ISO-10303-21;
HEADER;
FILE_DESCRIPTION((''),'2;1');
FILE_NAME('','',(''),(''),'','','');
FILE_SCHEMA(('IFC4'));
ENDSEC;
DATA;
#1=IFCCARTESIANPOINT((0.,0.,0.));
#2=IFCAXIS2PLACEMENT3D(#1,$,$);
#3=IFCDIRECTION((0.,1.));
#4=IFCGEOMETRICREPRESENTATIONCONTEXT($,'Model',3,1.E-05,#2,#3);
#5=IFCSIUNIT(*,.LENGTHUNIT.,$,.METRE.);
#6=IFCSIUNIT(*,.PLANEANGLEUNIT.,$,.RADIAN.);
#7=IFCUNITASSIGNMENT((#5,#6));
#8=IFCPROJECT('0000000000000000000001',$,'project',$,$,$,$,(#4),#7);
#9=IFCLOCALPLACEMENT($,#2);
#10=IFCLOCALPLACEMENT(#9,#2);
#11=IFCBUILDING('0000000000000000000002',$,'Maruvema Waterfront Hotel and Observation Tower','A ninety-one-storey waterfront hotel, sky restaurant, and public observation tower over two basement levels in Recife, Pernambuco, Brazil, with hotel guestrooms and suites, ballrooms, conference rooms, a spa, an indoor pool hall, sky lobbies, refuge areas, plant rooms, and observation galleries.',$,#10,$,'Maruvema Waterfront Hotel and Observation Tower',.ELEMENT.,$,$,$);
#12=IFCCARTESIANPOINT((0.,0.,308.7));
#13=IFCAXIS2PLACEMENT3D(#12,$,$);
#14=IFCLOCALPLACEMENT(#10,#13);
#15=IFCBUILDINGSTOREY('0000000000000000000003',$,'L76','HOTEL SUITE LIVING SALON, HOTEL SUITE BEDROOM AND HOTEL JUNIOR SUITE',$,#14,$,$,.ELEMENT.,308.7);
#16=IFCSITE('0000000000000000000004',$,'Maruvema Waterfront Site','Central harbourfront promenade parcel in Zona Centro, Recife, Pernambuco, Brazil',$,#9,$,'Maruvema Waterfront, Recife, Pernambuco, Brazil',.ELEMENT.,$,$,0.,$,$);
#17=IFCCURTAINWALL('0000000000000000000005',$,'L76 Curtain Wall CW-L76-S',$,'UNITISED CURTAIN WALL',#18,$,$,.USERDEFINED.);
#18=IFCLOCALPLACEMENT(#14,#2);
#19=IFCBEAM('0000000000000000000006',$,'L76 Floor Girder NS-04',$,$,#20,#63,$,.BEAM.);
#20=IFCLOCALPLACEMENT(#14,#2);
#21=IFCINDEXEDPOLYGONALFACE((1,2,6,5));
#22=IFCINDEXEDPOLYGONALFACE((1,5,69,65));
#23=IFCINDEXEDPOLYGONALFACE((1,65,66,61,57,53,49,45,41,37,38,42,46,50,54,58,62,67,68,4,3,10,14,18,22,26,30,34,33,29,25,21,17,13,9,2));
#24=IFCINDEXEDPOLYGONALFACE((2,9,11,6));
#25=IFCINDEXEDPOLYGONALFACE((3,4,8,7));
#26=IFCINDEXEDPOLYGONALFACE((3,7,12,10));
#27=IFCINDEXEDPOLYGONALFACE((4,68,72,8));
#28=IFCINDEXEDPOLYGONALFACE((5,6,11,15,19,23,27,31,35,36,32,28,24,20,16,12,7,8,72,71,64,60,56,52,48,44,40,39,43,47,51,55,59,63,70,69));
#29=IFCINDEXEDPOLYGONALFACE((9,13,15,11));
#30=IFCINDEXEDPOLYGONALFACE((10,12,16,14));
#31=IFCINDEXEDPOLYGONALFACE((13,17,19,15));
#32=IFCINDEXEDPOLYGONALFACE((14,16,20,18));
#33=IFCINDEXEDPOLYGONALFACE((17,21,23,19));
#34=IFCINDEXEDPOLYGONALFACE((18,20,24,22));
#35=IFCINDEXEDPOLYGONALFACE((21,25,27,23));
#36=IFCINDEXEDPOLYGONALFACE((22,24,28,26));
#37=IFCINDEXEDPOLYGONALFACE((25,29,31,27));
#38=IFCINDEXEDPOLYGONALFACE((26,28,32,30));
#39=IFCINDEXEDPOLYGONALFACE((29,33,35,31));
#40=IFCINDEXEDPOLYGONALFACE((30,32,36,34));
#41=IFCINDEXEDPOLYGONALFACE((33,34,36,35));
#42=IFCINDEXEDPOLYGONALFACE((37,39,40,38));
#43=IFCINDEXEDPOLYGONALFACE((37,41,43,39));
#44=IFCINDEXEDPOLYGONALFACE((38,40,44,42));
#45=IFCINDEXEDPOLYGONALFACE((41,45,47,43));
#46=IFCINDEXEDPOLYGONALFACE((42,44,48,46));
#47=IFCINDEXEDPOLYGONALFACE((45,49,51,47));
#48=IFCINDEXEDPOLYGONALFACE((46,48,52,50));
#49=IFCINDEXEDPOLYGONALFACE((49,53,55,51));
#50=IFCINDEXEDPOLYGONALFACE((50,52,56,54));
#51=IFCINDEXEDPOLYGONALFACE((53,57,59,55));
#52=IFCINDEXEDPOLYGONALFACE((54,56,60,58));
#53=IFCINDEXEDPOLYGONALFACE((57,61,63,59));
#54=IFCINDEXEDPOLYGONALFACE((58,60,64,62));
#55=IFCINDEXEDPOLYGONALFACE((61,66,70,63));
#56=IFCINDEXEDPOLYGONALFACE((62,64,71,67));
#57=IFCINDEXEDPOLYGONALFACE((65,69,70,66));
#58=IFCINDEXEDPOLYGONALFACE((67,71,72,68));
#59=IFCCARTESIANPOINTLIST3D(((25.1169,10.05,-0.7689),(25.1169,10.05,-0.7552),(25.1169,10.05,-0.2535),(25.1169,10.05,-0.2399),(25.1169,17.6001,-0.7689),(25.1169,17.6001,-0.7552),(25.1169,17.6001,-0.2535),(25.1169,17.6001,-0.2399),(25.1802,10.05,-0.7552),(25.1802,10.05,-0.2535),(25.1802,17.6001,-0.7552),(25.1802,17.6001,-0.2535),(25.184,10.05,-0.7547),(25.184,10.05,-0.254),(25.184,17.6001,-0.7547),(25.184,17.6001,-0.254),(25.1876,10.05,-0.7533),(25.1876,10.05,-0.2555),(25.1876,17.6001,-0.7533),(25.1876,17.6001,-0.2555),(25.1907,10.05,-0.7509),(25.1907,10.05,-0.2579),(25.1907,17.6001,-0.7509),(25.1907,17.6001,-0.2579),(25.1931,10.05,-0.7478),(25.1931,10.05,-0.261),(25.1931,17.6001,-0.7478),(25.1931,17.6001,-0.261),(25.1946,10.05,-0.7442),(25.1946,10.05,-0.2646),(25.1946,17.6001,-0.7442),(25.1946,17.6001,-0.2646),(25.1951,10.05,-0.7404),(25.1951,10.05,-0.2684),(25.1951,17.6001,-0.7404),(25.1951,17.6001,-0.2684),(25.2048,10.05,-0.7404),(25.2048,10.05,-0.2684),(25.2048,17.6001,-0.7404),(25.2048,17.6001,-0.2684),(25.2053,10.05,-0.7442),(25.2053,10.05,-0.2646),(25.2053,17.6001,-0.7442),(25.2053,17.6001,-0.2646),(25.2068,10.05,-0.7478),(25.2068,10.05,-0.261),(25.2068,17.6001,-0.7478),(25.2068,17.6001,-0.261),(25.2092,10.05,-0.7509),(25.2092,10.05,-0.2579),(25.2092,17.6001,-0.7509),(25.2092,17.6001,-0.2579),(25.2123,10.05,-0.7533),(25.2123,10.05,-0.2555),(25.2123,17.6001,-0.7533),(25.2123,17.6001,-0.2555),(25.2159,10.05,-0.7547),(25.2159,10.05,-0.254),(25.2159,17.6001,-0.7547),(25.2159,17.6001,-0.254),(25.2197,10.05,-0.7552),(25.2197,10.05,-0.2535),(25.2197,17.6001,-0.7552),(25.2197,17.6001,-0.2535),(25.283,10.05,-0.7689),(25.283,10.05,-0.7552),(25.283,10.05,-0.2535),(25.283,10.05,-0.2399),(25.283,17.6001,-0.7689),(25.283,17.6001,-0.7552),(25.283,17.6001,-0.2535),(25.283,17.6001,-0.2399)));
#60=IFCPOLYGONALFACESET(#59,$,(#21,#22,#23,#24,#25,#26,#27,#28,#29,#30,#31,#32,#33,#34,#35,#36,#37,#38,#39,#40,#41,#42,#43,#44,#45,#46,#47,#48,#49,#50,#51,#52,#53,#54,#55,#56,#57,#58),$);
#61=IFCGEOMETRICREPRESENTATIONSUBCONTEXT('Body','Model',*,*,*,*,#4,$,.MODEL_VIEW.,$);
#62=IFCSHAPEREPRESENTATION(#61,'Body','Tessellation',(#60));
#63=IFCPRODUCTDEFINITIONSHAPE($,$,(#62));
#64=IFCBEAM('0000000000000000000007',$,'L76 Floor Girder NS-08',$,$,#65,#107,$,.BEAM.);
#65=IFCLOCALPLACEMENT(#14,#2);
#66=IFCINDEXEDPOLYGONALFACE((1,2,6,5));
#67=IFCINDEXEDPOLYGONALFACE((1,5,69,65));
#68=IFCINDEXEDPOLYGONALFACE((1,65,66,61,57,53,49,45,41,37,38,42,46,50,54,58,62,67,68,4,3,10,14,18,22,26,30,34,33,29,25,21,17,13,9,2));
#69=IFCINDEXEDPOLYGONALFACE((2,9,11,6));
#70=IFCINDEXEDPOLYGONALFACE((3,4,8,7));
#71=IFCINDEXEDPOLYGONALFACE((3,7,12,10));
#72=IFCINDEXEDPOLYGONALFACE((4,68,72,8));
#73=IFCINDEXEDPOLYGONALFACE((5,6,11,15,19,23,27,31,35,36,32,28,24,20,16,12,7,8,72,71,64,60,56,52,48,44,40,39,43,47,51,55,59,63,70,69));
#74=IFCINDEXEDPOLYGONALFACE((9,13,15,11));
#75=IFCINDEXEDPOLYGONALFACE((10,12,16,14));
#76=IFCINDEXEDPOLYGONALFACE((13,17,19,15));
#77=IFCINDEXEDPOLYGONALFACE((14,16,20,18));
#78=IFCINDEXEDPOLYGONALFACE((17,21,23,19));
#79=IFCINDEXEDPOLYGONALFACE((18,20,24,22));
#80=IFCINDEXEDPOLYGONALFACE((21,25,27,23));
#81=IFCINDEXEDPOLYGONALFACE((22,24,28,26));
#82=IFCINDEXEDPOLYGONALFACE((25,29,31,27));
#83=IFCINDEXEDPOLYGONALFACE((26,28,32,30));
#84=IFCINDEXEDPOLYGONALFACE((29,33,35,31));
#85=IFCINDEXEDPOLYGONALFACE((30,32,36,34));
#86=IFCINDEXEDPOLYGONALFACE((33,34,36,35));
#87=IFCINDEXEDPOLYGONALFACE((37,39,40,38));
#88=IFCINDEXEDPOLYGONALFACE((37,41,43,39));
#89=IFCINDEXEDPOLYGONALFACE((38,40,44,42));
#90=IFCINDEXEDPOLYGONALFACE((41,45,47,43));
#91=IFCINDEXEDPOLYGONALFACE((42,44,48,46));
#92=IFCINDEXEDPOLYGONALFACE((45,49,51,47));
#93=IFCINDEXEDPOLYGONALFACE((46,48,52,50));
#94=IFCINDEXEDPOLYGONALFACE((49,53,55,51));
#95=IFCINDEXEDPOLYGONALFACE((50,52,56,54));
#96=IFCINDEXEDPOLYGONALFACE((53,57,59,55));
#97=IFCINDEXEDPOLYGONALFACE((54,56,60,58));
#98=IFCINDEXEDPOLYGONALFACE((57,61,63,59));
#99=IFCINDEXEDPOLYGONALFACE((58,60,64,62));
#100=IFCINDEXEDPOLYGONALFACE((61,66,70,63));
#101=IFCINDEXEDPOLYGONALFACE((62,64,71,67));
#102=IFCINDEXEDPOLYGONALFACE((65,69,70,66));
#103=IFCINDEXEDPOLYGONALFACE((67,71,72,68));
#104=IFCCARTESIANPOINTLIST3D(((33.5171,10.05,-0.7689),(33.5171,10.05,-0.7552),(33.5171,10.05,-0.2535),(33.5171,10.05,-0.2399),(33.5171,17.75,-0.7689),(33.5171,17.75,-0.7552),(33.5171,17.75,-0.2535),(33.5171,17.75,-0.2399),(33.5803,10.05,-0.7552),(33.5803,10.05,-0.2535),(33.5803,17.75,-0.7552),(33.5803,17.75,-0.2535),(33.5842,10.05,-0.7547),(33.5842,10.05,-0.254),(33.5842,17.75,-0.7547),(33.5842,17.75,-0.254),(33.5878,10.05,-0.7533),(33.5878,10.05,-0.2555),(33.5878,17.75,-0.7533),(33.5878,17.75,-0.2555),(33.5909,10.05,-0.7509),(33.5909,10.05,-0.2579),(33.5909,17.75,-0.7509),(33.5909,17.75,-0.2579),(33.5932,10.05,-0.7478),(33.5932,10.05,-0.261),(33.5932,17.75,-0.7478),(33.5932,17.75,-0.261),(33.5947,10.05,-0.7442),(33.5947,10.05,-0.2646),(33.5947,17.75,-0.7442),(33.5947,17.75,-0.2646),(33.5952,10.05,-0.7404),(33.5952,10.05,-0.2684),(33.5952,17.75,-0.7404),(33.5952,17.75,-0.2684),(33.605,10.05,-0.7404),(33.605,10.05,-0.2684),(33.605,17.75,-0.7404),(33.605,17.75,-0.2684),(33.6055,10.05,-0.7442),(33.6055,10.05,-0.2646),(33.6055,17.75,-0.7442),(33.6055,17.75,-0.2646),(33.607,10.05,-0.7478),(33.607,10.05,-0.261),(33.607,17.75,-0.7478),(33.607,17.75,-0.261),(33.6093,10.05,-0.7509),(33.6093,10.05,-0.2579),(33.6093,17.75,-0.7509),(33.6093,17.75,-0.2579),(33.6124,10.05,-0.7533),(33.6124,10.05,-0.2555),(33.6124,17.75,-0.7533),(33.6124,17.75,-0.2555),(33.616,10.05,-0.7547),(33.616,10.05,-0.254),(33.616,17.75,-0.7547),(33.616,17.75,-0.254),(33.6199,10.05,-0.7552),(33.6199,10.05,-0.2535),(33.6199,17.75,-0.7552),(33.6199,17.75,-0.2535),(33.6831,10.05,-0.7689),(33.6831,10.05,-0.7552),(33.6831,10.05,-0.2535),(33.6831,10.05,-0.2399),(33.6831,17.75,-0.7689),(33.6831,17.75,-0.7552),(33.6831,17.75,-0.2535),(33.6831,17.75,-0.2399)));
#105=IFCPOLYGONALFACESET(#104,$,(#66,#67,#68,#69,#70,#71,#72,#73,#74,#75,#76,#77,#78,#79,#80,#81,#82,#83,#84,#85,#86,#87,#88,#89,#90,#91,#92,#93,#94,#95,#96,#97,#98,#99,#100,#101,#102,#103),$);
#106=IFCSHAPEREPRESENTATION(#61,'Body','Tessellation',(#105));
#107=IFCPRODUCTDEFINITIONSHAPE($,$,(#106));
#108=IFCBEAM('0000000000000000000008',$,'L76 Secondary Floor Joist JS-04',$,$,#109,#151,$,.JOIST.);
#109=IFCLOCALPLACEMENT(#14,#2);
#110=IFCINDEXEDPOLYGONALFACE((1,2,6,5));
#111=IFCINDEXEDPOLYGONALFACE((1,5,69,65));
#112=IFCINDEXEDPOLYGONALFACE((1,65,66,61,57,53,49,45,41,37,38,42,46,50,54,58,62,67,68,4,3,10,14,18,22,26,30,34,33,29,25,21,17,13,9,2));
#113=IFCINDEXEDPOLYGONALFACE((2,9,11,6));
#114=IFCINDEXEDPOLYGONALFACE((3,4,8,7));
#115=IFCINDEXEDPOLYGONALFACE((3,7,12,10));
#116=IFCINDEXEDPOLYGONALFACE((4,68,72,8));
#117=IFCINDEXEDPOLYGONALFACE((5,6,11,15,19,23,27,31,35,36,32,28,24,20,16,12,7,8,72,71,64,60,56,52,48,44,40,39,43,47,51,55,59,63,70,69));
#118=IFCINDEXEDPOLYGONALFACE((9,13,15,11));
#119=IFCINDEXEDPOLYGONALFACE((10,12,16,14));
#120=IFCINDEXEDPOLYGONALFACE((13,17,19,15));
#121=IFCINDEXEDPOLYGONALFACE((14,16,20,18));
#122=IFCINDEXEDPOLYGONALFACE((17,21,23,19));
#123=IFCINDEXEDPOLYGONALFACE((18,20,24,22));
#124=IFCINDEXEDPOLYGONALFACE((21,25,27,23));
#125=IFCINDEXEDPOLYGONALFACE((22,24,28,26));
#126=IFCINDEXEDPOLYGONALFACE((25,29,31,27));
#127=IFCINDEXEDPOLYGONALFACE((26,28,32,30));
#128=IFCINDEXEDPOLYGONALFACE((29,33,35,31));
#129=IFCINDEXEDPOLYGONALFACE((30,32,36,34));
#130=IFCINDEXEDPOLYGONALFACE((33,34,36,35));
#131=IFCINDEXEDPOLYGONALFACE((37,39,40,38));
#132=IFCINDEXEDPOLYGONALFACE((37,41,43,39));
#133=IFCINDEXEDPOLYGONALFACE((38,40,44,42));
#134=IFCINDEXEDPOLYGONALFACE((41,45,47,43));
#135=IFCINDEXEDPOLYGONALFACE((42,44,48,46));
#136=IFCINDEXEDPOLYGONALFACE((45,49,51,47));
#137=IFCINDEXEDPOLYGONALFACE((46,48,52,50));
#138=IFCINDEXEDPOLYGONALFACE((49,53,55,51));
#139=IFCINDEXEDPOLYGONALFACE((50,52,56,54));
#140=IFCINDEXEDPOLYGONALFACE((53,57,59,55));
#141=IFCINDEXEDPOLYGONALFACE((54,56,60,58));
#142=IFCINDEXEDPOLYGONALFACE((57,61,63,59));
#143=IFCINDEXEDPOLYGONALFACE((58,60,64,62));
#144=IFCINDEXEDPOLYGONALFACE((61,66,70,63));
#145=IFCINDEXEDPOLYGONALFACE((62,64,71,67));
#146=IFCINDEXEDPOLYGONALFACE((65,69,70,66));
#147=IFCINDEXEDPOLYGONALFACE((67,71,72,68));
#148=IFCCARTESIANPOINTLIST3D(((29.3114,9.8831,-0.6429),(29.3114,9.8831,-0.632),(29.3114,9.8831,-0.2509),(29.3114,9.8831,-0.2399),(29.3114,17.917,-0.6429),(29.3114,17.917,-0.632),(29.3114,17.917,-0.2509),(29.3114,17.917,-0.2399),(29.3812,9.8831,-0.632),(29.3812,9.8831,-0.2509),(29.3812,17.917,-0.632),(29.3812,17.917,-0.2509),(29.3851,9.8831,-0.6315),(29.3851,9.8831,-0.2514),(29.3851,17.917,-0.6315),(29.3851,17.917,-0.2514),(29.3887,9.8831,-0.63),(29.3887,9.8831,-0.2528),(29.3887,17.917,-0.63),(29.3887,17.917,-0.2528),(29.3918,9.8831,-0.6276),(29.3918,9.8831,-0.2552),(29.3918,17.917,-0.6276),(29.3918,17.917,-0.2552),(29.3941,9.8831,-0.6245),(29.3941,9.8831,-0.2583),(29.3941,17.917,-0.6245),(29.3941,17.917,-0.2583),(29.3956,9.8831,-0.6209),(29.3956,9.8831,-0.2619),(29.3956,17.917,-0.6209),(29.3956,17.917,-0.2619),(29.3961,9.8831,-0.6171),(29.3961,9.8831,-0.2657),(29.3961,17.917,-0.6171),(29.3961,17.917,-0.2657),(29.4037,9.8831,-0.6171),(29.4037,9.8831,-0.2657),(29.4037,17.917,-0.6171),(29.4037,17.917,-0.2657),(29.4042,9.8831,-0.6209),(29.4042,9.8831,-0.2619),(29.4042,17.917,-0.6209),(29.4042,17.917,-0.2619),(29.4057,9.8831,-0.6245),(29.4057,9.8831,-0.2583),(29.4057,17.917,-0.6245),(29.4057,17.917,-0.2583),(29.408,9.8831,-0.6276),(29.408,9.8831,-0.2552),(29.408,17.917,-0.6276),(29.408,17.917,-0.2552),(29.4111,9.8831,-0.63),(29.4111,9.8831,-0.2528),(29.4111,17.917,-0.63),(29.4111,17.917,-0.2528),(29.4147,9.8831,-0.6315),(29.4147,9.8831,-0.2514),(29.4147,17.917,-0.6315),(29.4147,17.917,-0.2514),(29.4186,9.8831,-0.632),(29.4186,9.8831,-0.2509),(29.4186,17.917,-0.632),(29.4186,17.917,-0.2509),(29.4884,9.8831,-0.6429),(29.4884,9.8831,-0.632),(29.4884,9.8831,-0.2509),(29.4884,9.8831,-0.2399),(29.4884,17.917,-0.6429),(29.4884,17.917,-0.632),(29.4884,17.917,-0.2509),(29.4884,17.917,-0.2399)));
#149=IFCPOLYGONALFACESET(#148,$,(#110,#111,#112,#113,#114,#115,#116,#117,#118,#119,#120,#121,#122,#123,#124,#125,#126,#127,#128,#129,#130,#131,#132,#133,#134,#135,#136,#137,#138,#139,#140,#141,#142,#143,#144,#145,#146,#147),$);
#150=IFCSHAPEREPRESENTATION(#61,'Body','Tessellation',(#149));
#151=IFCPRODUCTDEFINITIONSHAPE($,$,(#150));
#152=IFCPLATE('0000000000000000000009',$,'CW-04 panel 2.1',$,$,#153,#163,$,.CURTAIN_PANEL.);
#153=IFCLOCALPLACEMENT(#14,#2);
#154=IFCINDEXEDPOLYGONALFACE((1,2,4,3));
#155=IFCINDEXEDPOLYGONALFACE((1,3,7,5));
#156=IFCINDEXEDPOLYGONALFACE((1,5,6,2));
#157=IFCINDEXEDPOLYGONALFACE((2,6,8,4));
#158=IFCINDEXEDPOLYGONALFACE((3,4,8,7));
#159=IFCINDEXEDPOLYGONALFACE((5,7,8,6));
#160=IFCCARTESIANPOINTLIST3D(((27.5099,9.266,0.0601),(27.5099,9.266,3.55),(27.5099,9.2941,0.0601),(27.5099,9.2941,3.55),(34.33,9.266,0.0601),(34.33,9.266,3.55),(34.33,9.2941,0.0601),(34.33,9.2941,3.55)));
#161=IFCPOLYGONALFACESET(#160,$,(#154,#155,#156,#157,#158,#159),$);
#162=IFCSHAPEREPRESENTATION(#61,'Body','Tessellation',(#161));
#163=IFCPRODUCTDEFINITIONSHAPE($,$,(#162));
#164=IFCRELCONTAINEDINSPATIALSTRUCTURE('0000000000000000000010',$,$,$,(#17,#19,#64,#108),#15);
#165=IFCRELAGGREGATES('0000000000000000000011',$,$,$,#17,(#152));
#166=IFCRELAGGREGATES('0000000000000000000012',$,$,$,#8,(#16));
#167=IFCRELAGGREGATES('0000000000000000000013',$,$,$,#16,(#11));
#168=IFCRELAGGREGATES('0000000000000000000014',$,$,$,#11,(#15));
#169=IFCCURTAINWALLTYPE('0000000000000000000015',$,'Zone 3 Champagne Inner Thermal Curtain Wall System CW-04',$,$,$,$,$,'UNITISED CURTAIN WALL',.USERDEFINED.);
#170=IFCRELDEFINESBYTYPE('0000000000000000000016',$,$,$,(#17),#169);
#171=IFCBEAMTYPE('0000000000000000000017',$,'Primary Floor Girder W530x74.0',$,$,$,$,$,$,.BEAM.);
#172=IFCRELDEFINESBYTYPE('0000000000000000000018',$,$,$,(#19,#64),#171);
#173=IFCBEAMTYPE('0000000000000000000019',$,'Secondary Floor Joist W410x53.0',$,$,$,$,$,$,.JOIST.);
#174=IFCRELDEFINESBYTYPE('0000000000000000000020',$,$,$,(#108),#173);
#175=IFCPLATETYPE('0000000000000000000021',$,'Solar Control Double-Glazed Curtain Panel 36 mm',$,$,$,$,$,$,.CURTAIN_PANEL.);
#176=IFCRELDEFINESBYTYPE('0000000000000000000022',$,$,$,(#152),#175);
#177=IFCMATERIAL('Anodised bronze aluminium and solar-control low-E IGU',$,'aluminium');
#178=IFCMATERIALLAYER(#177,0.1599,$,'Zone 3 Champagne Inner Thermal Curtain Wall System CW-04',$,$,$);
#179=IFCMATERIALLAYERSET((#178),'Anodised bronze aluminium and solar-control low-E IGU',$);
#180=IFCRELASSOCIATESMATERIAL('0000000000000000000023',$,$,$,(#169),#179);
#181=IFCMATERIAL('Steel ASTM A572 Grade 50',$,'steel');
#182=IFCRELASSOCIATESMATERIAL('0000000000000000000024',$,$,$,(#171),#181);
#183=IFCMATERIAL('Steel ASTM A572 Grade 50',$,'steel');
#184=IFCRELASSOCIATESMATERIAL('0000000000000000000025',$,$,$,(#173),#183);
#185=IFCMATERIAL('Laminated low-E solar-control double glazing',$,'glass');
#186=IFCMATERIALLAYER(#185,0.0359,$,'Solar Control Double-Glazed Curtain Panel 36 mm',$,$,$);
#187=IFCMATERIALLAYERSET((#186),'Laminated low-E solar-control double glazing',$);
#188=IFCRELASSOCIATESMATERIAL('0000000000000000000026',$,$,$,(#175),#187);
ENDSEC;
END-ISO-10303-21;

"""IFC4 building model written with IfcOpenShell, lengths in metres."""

from ifc_helpers import new_model, si_unit, direction, frame, origin, origin_2d, place, context, subcontext, project, spatial, rectangle, i_section, extrude, material, layer, layer_set, material_profile, profile_set, type_object, element, aggregate, save


model = new_model("IFC4")

# Units and contexts
model_context = context("Model", 3, precision=1e-05, world=origin(), true_north=direction((0.0, 1.0)))
body_context = subcontext(model_context, "Body", "Model", "MODEL_VIEW")
ifc_project = project(units=[si_unit("LENGTHUNIT", "METRE"), si_unit("PLANEANGLEUNIT", "RADIAN")], contexts=[model_context])

# Site, building, storey
site_placement = place(None, origin())
site = spatial("IfcSite", under=ifc_project, at=site_placement, Name="Maruvema Waterfront Site", Description="Central harbourfront promenade parcel in Zona Centro, Recife, Pernambuco, Brazil", LongName="Maruvema Waterfront, Recife, Pernambuco, Brazil", CompositionType="ELEMENT", RefElevation=0.0)
building_placement = place(site_placement, origin())
building = spatial("IfcBuilding", under=site, at=building_placement, Name="Maruvema Waterfront Hotel and Observation Tower", Description="A ninety-one-storey waterfront hotel, sky restaurant, and public observation tower over two basement levels in Recife, Pernambuco, Brazil, with hotel guestrooms and suites, ballrooms, conference rooms, a spa, an indoor pool hall, sky lobbies, refuge areas, plant rooms, and observation galleries.", LongName="Maruvema Waterfront Hotel and Observation Tower", CompositionType="ELEMENT")
storey_placement = place(building_placement, frame((0.0, 0.0, 308.7)))
storey = spatial("IfcBuildingStorey", under=building, at=storey_placement, Name="L76", Description="HOTEL SUITE LIVING SALON, HOTEL SUITE BEDROOM AND HOTEL JUNIOR SUITE", CompositionType="ELEMENT", Elevation=308.7)

# Curtain wall
ifc_material_1 = material(Name="Anodised bronze aluminium and solar-control low-E IGU", Category="aluminium")
ifc_layer_1 = layer(ifc_material_1, 0.1599, Name="Zone 3 Champagne Inner Thermal Curtain Wall System CW-04")
ifc_layer_set_1 = layer_set([ifc_layer_1], Name="Anodised bronze aluminium and solar-control low-E IGU")
curtain_wall_type = type_object("IfcCurtainWallType", Name="Zone 3 Champagne Inner Thermal Curtain Wall System CW-04", ElementType="UNITISED CURTAIN WALL", PredefinedType="USERDEFINED", material=ifc_layer_set_1)
curtain_wall_placement = place(storey_placement, origin())
curtain_wall = element("IfcCurtainWall", 1, at=curtain_wall_placement, inside=storey, type_object=curtain_wall_type, Name="L76 Curtain Wall CW-L76-S", ObjectType="UNITISED CURTAIN WALL", PredefinedType="USERDEFINED")

# Beams
ifc_material_2 = material(Name="Steel ASTM A572 Grade 50", Category="steel")
ifc_material_profile_1 = material_profile(ifc_material_2, i_section(OverallWidth=0.166, OverallDepth=0.5291, WebThickness=0.0098, FlangeThickness=0.0137, FilletRadius=0.0149, at=origin_2d()), Name="W530x74.0")
ifc_profile_set_1 = profile_set([ifc_material_profile_1], Name="Steel ASTM A572 Grade 50")
beam_type_1 = type_object("IfcBeamType", Name="Primary Floor Girder W530x74.0", PredefinedType="BEAM", material=ifc_profile_set_1)
beam_1_placement = place(storey_placement, frame((25.2, 10.05, -0.5044), z_axis=(0.0, 1.0, 0.0), x_axis=(-1.0, 0.0, 0.0)))
element("IfcBeam", 2, at=beam_1_placement, inside=storey, type_object=beam_type_1, Name="L76 Floor Girder NS-04", PredefinedType="BEAM", context=body_context, shape_type="SweptSolid", body=[
    extrude(i_section(OverallWidth=0.166, OverallDepth=0.5291, WebThickness=0.0098, FlangeThickness=0.0137, FilletRadius=0.0149, at=origin_2d()), origin(), (0.0, 0.0, 1.0), 7.55),
])
beam_2_placement = place(storey_placement, frame((33.6001, 10.05, -0.5044), z_axis=(0.0, 1.0, 0.0), x_axis=(-1.0, 0.0, 0.0)))
element("IfcBeam", 3, at=beam_2_placement, inside=storey, type_object=beam_type_1, Name="L76 Floor Girder NS-08", PredefinedType="BEAM", context=body_context, shape_type="SweptSolid", body=[
    extrude(i_section(OverallWidth=0.166, OverallDepth=0.5291, WebThickness=0.0098, FlangeThickness=0.0137, FilletRadius=0.0149, at=origin_2d()), origin(), (0.0, 0.0, 1.0), 7.7),
])
ifc_material_3 = material(Name="Steel ASTM A572 Grade 50", Category="steel")
ifc_material_profile_2 = material_profile(ifc_material_3, i_section(OverallWidth=0.177, OverallDepth=0.4031, WebThickness=0.0076, FlangeThickness=0.011, FilletRadius=0.0149, at=origin_2d()), Name="W410x53.0")
ifc_profile_set_2 = profile_set([ifc_material_profile_2], Name="Steel ASTM A572 Grade 50")
beam_type_2 = type_object("IfcBeamType", Name="Secondary Floor Joist W410x53.0", PredefinedType="JOIST", material=ifc_profile_set_2)
beam_3_placement = place(storey_placement, frame((29.3999, 9.8831, -0.4414), z_axis=(0.0, 1.0, 0.0), x_axis=(-1.0, 0.0, 0.0)))
element("IfcBeam", 4, at=beam_3_placement, inside=storey, type_object=beam_type_2, Name="L76 Secondary Floor Joist JS-04", PredefinedType="JOIST", context=body_context, shape_type="SweptSolid", body=[
    extrude(i_section(OverallWidth=0.177, OverallDepth=0.4031, WebThickness=0.0076, FlangeThickness=0.011, FilletRadius=0.0149, at=origin_2d()), origin(), (0.0, 0.0, 1.0), 8.0339),
])

# Plate
ifc_material_4 = material(Name="Laminated low-E solar-control double glazing", Category="glass")
ifc_layer_2 = layer(ifc_material_4, 0.0359, Name="Solar Control Double-Glazed Curtain Panel 36 mm")
ifc_layer_set_2 = layer_set([ifc_layer_2], Name="Laminated low-E solar-control double glazing")
plate_type = type_object("IfcPlateType", Name="Solar Control Double-Glazed Curtain Panel 36 mm", PredefinedType="CURTAIN_PANEL", material=ifc_layer_set_2)
plate_placement = place(storey_placement, frame((30.9199, 9.28, 0.0601), z_axis=(0.0, 0.0, 1.0), x_axis=(1.0, 0.0, 0.0)))
plate = element("IfcPlate", 5, at=plate_placement, type_object=plate_type, Name="CW-04 panel 2.1", PredefinedType="CURTAIN_PANEL", context=body_context, shape_type="SweptSolid", body=[
    extrude(rectangle(XDim=6.8201, YDim=0.0281, at=origin_2d()), origin(), (0.0, 0.0, 1.0), 3.49),
])
aggregate(curtain_wall, [plate])

save(model, "model.ifc")
